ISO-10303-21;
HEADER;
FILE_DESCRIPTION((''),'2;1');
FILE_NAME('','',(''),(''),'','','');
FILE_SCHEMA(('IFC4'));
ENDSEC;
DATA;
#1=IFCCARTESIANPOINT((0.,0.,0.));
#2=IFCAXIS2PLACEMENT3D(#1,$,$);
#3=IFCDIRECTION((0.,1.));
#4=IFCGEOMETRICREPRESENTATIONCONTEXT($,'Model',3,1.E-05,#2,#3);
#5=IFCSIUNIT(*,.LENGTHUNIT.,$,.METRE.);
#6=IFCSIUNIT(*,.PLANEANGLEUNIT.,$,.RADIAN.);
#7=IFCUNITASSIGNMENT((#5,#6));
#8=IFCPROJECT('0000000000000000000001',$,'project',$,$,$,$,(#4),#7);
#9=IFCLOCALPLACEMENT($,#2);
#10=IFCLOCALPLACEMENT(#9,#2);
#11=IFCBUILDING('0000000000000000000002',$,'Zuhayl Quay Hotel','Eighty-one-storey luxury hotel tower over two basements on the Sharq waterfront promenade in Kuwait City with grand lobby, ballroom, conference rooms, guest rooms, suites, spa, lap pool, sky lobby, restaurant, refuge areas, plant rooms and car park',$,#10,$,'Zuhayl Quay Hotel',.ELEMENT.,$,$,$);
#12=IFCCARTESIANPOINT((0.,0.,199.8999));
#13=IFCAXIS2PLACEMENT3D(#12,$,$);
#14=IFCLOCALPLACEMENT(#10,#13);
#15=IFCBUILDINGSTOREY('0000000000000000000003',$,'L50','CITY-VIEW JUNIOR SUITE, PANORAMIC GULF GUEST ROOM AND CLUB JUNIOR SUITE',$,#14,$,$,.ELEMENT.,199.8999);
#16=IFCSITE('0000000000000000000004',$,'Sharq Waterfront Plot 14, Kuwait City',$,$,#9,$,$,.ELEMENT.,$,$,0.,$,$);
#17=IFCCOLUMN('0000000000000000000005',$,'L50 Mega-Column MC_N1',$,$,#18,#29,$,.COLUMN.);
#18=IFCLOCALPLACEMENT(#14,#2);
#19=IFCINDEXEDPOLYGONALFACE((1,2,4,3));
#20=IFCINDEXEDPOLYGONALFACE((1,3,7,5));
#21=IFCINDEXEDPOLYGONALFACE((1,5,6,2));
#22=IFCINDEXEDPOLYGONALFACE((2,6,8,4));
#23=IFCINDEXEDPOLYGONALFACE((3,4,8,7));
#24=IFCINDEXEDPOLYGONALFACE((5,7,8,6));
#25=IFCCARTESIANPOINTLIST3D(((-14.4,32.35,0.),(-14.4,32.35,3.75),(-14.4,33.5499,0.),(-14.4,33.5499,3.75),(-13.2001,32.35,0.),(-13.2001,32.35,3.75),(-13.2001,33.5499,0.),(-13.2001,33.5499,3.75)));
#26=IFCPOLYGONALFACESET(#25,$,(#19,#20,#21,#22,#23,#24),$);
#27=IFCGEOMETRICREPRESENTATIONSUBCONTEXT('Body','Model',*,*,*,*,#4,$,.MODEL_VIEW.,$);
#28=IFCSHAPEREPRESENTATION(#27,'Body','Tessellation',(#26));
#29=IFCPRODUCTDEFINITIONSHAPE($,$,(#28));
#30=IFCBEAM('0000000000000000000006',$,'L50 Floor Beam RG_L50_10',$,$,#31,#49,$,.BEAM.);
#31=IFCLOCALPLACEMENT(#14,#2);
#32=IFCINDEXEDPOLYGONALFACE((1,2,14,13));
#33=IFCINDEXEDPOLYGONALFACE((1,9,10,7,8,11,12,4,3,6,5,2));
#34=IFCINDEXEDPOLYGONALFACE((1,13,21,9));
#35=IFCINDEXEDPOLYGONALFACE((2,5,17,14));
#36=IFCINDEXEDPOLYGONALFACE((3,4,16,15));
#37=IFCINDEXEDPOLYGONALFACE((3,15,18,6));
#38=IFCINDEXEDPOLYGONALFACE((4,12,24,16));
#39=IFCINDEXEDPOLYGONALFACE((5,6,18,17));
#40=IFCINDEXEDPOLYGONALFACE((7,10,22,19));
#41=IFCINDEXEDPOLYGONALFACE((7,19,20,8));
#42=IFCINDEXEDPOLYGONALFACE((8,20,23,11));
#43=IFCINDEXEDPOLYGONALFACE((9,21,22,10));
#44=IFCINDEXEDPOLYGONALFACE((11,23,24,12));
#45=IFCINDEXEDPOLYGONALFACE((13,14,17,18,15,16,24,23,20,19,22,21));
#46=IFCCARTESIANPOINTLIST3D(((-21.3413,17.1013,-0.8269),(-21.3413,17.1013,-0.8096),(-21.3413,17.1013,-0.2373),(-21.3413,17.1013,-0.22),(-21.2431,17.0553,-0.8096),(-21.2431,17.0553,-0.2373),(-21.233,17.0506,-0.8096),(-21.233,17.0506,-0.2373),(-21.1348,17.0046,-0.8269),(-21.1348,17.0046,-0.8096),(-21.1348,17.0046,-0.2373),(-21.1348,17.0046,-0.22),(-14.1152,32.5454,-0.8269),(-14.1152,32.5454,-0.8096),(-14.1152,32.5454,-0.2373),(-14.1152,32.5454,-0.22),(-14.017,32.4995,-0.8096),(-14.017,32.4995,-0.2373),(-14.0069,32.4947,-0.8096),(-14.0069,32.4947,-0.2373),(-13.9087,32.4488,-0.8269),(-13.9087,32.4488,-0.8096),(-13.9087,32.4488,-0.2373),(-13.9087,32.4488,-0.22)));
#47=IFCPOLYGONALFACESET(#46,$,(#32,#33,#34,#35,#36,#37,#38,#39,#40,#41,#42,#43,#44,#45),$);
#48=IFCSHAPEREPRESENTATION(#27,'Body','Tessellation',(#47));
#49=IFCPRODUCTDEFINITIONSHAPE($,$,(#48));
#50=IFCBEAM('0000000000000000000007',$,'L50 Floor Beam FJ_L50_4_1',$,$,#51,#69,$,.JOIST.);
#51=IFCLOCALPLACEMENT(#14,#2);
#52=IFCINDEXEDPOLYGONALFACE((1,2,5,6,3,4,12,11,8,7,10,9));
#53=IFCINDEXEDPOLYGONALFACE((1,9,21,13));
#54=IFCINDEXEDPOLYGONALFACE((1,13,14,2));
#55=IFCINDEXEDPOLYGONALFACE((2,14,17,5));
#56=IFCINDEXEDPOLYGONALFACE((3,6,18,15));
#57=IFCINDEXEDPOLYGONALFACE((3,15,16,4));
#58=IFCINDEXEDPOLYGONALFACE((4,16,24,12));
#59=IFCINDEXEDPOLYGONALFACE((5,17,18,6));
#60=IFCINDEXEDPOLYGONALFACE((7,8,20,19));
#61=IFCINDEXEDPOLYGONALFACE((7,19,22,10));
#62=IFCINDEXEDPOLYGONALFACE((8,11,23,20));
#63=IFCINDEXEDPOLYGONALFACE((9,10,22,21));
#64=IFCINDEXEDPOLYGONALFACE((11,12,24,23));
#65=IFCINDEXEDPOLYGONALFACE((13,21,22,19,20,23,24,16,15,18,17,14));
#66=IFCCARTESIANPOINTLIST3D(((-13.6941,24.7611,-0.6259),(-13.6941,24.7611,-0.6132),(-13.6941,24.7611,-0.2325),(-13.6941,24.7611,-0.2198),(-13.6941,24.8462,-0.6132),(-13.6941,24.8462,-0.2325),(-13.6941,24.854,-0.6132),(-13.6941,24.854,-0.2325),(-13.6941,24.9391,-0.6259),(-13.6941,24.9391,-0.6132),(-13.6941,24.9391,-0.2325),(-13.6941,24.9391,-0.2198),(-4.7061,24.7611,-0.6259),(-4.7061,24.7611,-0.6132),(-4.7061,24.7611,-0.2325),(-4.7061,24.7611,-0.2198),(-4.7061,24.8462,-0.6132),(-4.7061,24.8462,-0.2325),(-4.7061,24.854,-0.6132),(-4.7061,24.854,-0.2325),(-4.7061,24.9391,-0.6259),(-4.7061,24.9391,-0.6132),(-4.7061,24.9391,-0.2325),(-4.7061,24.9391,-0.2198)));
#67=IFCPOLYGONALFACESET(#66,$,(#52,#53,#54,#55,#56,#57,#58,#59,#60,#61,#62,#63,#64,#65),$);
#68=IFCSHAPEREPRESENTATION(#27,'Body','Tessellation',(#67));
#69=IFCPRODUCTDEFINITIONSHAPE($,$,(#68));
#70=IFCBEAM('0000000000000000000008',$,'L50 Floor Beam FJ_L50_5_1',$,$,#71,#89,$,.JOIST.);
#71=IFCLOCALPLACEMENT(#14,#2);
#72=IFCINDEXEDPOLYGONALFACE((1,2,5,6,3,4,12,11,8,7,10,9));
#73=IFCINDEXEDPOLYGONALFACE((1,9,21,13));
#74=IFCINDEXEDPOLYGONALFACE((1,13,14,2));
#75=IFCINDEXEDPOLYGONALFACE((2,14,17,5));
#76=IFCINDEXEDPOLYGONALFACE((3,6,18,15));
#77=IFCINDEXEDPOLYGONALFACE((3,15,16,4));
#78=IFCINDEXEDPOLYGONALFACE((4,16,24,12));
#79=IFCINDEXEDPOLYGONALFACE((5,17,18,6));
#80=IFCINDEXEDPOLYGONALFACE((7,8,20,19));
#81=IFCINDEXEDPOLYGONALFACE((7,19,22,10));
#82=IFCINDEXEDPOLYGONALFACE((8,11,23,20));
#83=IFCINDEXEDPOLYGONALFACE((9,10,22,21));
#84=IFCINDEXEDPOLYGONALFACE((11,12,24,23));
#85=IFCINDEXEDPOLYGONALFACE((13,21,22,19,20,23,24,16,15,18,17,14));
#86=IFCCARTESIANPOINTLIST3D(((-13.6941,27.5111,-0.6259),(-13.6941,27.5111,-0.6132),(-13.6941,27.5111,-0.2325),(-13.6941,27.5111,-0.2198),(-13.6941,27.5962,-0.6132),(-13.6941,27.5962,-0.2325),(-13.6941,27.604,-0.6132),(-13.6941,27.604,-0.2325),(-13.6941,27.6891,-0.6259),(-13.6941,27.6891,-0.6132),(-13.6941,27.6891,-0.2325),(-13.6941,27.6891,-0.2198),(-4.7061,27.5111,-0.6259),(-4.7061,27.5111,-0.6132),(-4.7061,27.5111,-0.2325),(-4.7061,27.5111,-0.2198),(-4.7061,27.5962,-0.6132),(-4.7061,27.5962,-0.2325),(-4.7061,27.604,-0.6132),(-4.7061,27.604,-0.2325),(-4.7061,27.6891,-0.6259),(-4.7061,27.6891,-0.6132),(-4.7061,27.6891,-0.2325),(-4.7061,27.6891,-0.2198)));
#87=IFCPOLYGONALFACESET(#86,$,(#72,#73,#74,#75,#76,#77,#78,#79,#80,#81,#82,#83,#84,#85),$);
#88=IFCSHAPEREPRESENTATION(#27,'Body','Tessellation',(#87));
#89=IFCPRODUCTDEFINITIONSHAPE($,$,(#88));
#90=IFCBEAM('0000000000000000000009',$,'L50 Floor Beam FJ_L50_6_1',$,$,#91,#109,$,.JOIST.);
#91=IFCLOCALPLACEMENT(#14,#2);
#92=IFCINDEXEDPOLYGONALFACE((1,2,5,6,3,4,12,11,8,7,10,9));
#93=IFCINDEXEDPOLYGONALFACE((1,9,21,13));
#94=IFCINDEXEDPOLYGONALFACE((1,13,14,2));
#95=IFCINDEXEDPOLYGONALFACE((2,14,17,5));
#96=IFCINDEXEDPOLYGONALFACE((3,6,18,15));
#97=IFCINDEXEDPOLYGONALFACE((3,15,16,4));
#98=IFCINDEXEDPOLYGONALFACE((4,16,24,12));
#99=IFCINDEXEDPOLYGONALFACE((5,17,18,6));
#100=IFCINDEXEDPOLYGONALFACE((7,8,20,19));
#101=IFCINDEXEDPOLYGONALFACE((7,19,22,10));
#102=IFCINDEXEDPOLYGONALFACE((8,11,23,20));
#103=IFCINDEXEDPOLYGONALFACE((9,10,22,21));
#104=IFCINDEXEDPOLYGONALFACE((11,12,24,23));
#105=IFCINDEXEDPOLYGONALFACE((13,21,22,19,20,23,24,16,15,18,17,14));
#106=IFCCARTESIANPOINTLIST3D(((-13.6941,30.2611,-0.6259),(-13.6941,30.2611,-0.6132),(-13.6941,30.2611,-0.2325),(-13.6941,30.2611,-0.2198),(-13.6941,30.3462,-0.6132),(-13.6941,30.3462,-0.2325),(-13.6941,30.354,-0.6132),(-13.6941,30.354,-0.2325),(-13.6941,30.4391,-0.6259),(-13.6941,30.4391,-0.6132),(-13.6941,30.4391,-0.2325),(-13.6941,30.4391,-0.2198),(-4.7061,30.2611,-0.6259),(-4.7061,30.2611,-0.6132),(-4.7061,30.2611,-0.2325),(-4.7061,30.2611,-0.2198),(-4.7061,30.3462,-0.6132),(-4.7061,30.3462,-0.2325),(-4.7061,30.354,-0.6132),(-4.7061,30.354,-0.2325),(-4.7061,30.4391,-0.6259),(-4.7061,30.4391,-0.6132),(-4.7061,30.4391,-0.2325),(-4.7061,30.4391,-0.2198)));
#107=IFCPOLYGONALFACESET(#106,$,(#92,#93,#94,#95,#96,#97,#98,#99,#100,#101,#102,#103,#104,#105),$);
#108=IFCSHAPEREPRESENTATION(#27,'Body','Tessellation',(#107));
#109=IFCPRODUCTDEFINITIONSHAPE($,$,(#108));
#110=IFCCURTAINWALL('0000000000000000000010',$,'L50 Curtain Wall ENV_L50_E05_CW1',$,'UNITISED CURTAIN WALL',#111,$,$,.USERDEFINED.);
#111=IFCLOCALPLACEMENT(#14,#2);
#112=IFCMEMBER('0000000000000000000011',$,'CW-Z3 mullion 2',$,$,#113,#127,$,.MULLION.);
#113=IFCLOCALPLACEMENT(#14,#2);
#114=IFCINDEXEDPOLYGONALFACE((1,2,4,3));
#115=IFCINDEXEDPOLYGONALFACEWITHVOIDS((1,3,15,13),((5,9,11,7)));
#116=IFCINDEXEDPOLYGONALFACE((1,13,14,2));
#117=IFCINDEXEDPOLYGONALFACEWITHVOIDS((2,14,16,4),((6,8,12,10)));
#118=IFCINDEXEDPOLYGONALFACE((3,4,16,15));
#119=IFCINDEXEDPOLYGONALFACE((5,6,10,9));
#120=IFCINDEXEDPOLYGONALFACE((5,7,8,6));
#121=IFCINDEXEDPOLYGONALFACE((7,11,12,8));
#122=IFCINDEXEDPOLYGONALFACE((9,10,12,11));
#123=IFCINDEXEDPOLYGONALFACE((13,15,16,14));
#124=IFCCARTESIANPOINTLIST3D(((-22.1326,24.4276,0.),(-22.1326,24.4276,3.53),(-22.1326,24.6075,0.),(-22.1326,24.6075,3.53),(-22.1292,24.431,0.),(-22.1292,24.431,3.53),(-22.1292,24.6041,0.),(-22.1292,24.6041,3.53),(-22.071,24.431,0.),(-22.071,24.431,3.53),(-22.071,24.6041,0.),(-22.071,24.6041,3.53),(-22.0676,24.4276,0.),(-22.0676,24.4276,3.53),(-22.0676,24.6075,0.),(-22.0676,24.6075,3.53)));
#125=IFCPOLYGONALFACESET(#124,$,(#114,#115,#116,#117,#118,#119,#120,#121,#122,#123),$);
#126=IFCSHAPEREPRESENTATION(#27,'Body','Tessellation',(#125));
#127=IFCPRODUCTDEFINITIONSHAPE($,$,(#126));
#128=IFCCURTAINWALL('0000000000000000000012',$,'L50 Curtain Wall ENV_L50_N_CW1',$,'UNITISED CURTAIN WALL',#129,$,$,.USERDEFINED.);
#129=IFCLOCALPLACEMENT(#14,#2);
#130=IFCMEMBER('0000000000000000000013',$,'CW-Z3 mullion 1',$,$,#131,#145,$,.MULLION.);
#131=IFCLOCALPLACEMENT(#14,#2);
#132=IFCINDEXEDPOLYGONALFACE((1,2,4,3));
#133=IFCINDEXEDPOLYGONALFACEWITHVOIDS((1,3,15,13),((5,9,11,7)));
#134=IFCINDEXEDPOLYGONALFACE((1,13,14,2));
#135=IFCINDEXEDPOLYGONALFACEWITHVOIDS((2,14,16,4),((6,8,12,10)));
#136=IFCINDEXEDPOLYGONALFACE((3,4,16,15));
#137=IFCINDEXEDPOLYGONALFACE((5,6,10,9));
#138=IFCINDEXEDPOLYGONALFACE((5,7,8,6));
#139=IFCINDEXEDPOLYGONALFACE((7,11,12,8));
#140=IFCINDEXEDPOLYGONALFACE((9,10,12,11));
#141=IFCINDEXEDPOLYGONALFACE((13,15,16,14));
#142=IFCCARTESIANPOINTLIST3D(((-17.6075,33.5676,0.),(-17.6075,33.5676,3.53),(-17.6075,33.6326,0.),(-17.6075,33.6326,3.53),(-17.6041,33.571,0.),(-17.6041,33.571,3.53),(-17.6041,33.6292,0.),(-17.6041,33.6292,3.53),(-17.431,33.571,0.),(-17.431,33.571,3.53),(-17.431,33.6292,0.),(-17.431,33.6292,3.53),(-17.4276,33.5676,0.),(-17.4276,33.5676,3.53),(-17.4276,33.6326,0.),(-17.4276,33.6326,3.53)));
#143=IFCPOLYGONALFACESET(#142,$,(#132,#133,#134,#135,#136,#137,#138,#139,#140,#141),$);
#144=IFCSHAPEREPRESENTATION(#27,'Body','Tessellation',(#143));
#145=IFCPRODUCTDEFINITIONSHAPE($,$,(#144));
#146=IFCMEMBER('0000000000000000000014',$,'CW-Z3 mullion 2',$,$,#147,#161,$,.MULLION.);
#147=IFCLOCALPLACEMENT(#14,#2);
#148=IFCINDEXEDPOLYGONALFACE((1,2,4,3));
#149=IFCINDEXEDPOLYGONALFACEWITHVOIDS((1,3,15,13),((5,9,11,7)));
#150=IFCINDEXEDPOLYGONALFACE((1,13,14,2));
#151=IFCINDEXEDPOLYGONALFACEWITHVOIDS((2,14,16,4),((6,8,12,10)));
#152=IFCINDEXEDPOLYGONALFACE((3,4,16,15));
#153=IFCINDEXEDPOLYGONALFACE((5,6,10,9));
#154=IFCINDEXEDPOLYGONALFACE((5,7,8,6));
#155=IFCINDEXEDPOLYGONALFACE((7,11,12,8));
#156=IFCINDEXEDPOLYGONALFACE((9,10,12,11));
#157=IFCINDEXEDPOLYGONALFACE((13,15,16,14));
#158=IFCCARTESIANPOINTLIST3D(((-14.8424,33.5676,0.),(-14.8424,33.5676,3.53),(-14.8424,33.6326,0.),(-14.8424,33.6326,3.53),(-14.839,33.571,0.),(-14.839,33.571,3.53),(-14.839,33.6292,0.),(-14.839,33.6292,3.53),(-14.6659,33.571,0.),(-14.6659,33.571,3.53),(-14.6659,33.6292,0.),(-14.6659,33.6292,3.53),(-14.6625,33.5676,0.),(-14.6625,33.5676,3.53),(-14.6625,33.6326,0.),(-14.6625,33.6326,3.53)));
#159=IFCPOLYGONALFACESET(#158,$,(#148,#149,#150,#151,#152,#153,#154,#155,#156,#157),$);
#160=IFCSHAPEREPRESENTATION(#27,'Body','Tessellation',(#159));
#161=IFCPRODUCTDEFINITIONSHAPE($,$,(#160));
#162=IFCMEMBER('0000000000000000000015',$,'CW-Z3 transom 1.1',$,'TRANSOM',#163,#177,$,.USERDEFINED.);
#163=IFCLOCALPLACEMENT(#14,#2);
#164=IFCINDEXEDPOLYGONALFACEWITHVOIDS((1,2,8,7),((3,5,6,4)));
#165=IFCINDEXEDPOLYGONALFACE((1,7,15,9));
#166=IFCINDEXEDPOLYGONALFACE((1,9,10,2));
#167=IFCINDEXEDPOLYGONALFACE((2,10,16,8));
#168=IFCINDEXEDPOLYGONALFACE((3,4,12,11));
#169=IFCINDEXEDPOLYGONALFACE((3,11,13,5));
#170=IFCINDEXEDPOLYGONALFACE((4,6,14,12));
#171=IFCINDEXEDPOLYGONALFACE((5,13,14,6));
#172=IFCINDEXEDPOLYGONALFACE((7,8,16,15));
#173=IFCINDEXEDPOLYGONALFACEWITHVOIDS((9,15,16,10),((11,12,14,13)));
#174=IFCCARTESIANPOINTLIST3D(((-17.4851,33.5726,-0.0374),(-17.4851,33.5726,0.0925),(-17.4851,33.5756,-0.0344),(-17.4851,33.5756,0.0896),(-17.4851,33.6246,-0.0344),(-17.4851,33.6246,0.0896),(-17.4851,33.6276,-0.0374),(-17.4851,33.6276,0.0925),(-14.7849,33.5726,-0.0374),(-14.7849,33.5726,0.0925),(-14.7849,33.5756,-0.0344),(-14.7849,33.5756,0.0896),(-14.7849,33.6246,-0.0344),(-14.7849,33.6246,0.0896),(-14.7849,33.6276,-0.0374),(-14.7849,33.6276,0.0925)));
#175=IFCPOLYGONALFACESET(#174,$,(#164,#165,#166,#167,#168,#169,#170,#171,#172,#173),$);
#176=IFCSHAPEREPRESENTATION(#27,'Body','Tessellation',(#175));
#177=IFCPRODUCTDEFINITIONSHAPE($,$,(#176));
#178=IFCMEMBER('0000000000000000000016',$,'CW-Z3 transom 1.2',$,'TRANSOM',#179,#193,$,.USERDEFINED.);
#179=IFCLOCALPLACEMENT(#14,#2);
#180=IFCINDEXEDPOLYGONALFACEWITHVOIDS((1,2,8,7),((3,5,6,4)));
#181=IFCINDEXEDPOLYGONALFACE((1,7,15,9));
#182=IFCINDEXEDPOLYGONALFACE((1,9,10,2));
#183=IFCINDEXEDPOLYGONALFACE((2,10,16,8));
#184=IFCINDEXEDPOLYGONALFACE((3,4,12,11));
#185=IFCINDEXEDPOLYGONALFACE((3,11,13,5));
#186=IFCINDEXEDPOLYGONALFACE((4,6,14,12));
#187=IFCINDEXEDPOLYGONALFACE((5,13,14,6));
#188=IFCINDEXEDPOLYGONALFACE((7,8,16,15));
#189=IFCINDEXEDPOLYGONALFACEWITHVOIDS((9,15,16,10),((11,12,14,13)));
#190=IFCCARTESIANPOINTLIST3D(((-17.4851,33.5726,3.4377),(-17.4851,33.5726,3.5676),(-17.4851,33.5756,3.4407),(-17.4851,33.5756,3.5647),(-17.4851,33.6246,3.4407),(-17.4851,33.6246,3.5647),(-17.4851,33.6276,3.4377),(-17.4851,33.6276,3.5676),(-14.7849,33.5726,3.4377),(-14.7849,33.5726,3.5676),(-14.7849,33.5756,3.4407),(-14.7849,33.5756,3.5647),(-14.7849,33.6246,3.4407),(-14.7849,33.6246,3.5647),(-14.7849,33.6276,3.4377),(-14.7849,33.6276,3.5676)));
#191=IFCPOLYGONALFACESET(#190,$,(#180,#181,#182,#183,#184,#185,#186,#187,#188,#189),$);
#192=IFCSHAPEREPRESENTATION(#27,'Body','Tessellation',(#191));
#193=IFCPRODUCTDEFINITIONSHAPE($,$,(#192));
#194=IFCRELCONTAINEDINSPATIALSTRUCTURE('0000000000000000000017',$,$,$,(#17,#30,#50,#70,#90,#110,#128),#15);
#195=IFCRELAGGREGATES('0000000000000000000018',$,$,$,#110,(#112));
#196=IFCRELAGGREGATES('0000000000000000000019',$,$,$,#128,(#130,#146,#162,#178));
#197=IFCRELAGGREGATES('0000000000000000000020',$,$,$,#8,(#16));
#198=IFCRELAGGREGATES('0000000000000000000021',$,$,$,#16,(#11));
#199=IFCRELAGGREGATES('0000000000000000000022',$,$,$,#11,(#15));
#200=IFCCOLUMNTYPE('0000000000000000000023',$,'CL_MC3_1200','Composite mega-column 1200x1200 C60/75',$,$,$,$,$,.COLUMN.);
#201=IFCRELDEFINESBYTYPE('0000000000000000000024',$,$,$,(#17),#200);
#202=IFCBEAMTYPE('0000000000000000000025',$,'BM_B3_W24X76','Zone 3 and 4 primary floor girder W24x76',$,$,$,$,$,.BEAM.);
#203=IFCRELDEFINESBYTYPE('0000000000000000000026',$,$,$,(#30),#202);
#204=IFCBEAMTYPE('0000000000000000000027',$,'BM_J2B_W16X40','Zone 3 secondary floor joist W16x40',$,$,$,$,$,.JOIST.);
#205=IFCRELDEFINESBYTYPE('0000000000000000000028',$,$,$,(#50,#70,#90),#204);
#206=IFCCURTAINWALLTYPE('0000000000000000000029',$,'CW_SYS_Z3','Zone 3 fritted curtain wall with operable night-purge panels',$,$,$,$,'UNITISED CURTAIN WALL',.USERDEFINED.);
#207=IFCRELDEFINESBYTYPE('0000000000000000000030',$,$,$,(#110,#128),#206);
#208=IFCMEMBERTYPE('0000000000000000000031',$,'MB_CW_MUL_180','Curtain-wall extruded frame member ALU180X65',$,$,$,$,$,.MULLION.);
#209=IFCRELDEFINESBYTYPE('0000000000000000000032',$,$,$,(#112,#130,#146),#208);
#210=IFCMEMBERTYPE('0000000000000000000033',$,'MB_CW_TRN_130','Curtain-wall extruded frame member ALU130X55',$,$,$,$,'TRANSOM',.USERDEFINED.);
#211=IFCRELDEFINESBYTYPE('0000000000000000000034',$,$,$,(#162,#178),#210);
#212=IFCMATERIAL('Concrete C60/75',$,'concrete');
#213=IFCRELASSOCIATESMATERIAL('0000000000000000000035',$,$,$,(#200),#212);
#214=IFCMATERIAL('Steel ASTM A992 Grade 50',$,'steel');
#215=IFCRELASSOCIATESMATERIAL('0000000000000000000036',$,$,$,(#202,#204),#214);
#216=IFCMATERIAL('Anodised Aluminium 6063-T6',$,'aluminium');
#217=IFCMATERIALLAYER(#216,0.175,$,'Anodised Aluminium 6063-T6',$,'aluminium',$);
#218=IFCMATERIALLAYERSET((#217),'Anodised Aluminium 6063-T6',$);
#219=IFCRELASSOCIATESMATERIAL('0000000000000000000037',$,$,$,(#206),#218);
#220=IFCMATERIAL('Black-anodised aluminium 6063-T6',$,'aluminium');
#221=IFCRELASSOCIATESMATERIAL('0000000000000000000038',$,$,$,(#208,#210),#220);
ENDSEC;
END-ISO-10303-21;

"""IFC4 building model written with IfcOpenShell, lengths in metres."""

from ifc_helpers import new_model, si_unit, direction, frame, origin, origin_2d, place, context, subcontext, project, spatial, rectangle, hollow_rectangle, i_section, extrude, material, layer, layer_set, material_profile, profile_set, type_object, element, aggregate, save


model = new_model("IFC4")

# Units and contexts
model_context = context("Model", 3, precision=1e-05, world=origin(), true_north=direction((0.0, 1.0)))
body_context = subcontext(model_context, "Body", "Model", "MODEL_VIEW")
ifc_project = project(units=[si_unit("LENGTHUNIT", "METRE"), si_unit("PLANEANGLEUNIT", "RADIAN")], contexts=[model_context])

# Site, building, storey
site_placement = place(None, origin())
site = spatial("IfcSite", under=ifc_project, at=site_placement, Name="Sharq Waterfront Plot 14, Kuwait City", CompositionType="ELEMENT", RefElevation=0.0)
building_placement = place(site_placement, origin())
building = spatial("IfcBuilding", under=site, at=building_placement, Name="Zuhayl Quay Hotel", Description="Eighty-one-storey luxury hotel tower over two basements on the Sharq waterfront promenade in Kuwait City with grand lobby, ballroom, conference rooms, guest rooms, suites, spa, lap pool, sky lobby, restaurant, refuge areas, plant rooms and car park", LongName="Zuhayl Quay Hotel", CompositionType="ELEMENT")
storey_placement = place(building_placement, frame((0.0, 0.0, 199.8999)))
storey = spatial("IfcBuildingStorey", under=building, at=storey_placement, Name="L50", Description="CITY-VIEW JUNIOR SUITE, PANORAMIC GULF GUEST ROOM AND CLUB JUNIOR SUITE", CompositionType="ELEMENT", Elevation=199.8999)

# Column
ifc_material_1 = material(Name="Concrete C60/75", Category="concrete")
ifc_material_profile_1 = material_profile(ifc_material_1, rectangle(XDim=1.2, YDim=1.2, at=origin_2d()), Name="RC1200X1200")
ifc_profile_set_1 = profile_set([ifc_material_profile_1], Name="Concrete C60/75")
column_type = type_object("IfcColumnType", Name="CL_MC3_1200", Description="Composite mega-column 1200x1200 C60/75", PredefinedType="COLUMN", material=ifc_profile_set_1)
column_placement = place(storey_placement, frame((-13.8, 32.95, 0.0), z_axis=(0.0, 0.0, 1.0), x_axis=(1.0, 0.0, 0.0)))
element("IfcColumn", 1, at=column_placement, inside=storey, type_object=column_type, Name="L50 Mega-Column MC_N1", PredefinedType="COLUMN", context=body_context, shape_type="SweptSolid", body=[
    extrude(rectangle(XDim=1.2, YDim=1.2, at=origin_2d()), origin(), (0.0, 0.0, 1.0), 3.75),
])

# Beams
ifc_material_2 = material(Name="Steel ASTM A992 Grade 50", Category="steel")
ifc_material_profile_2 = material_profile(ifc_material_2, i_section(OverallWidth=0.228, OverallDepth=0.6069, WebThickness=0.0112, FlangeThickness=0.0173, at=origin_2d()), Name="W24X76")
ifc_profile_set_2 = profile_set([ifc_material_profile_2], Name="Steel ASTM A992 Grade 50")
beam_type_1 = type_object("IfcBeamType", Name="BM_B3_W24X76", Description="Zone 3 and 4 primary floor girder W24x76", PredefinedType="BEAM", material=ifc_profile_set_2)
beam_placement = place(storey_placement, frame((-14.012, 32.4971, -0.5234), z_axis=(-0.423792, -0.905759, 0.0), x_axis=(0.905759, -0.423792, 0.0)))
element("IfcBeam", 2, at=beam_placement, inside=storey, type_object=beam_type_1, Name="L50 Floor Beam RG_L50_10", PredefinedType="BEAM", context=body_context, shape_type="SweptSolid", body=[
    extrude(i_section(OverallWidth=0.228, OverallDepth=0.6069, WebThickness=0.0112, FlangeThickness=0.0173, at=origin_2d()), origin(), (0.0, 0.0, 1.0), 17.051),
])
ifc_material_profile_3 = material_profile(ifc_material_2, i_section(OverallWidth=0.178, OverallDepth=0.406, WebThickness=0.0078, FlangeThickness=0.0127, at=origin_2d()), Name="W16X40")
ifc_profile_set_3 = profile_set([ifc_material_profile_3], Name="Steel ASTM A992 Grade 50")
beam_type_2 = type_object("IfcBeamType", Name="BM_J2B_W16X40", Description="Zone 3 secondary floor joist W16x40", PredefinedType="JOIST", material=ifc_profile_set_3)
for number, where, z_axis, x_axis, name in (
    (3, (-13.6941, 24.8501, -0.4229), (1.0, 0.0, 0.0), (0.0, 1.0, 0.0), "L50 Floor Beam FJ_L50_4_1"),
    (4, (-13.6941, 27.6001, -0.4229), (1.0, 0.0, 0.0), (0.0, 1.0, 0.0), "L50 Floor Beam FJ_L50_5_1"),
    (5, (-13.6941, 30.3501, -0.4229), (1.0, 0.0, 0.0), (0.0, 1.0, 0.0), "L50 Floor Beam FJ_L50_6_1"),
):
    element("IfcBeam", number, at=place(storey_placement, frame(where, z_axis=z_axis, x_axis=x_axis)), inside=storey, type_object=beam_type_2, Name=name, PredefinedType="JOIST", context=body_context, shape_type="SweptSolid", body=[
        extrude(i_section(OverallWidth=0.178, OverallDepth=0.406, WebThickness=0.0078, FlangeThickness=0.0127, at=origin_2d()), origin(), (0.0, 0.0, 1.0), 8.988),
    ])

# Curtain wall, member
ifc_material_3 = material(Name="Anodised Aluminium 6063-T6", Category="aluminium")
ifc_layer_1 = layer(ifc_material_3, 0.175, Name="Anodised Aluminium 6063-T6", Category="aluminium")
ifc_layer_set_1 = layer_set([ifc_layer_1], Name="Anodised Aluminium 6063-T6")
curtain_wall_type = type_object("IfcCurtainWallType", Name="CW_SYS_Z3", Description="Zone 3 fritted curtain wall with operable night-purge panels", ElementType="UNITISED CURTAIN WALL", PredefinedType="USERDEFINED", material=ifc_layer_set_1)
curtain_wall_1_placement = place(storey_placement, origin())
curtain_wall_1 = element("IfcCurtainWall", 6, at=curtain_wall_1_placement, inside=storey, type_object=curtain_wall_type, Name="L50 Curtain Wall ENV_L50_E05_CW1", ObjectType="UNITISED CURTAIN WALL", PredefinedType="USERDEFINED")
ifc_material_4 = material(Name="Black-anodised aluminium 6063-T6", Category="aluminium")
ifc_material_profile_4 = material_profile(ifc_material_4, hollow_rectangle(XDim=0.0649, YDim=0.1799, WallThickness=0.0034, at=origin_2d()), Name="ALU180X65")
ifc_profile_set_4 = profile_set([ifc_material_profile_4], Name="Black-anodised aluminium 6063-T6")
member_type_1 = type_object("IfcMemberType", Name="MB_CW_MUL_180", Description="Curtain-wall extruded frame member ALU180X65", PredefinedType="MULLION", material=ifc_profile_set_4)
member_1_placement = place(storey_placement, frame((-22.1001, 24.5176, 0.0), z_axis=(0.0, 0.0, 1.0), x_axis=(-1.0, 0.0, 0.0)))
member_1 = element("IfcMember", 7, at=member_1_placement, type_object=member_type_1, Name="CW-Z3 mullion 2", PredefinedType="MULLION", context=body_context, shape_type="SweptSolid", body=[
    extrude(hollow_rectangle(XDim=0.0649, YDim=0.1799, WallThickness=0.0034, at=origin_2d()), origin(), (0.0, 0.0, 1.0), 3.53),
])
aggregate(curtain_wall_1, [member_1])

# Curtain wall, members
curtain_wall_2_placement = place(storey_placement, origin())
curtain_wall_2 = element("IfcCurtainWall", 8, at=curtain_wall_2_placement, inside=storey, type_object=curtain_wall_type, Name="L50 Curtain Wall ENV_L50_N_CW1", ObjectType="UNITISED CURTAIN WALL", PredefinedType="USERDEFINED")
member_2_placement = place(storey_placement, frame((-17.5176, 33.6001, 0.0), z_axis=(0.0, 0.0, 1.0), x_axis=(0.0, 1.0, 0.0)))
member_2 = element("IfcMember", 9, at=member_2_placement, type_object=member_type_1, Name="CW-Z3 mullion 1", PredefinedType="MULLION", context=body_context, shape_type="SweptSolid", body=[
    extrude(hollow_rectangle(XDim=0.0649, YDim=0.1799, WallThickness=0.0034, at=origin_2d()), origin(), (0.0, 0.0, 1.0), 3.53),
])
member_3_placement = place(storey_placement, frame((-14.7524, 33.6001, 0.0), z_axis=(0.0, 0.0, 1.0), x_axis=(0.0, 1.0, 0.0)))
member_3 = element("IfcMember", 10, at=member_3_placement, type_object=member_type_1, Name="CW-Z3 mullion 2", PredefinedType="MULLION", context=body_context, shape_type="SweptSolid", body=[
    extrude(hollow_rectangle(XDim=0.0649, YDim=0.1799, WallThickness=0.0034, at=origin_2d()), origin(), (0.0, 0.0, 1.0), 3.53),
])
ifc_material_profile_5 = material_profile(ifc_material_4, hollow_rectangle(XDim=0.0549, YDim=0.1299, WallThickness=0.0029, at=origin_2d()), Name="ALU130X55")
ifc_profile_set_5 = profile_set([ifc_material_profile_5], Name="Black-anodised aluminium 6063-T6")
member_type_2 = type_object("IfcMemberType", Name="MB_CW_TRN_130", Description="Curtain-wall extruded frame member ALU130X55", ElementType="TRANSOM", PredefinedType="USERDEFINED", material=ifc_profile_set_5)
member_4_placement = place(storey_placement, frame((-17.4851, 33.6001, 0.0276), z_axis=(1.0, 0.0, 0.0), x_axis=(0.0, 1.0, 0.0)))
member_4 = element("IfcMember", 11, at=member_4_placement, type_object=member_type_2, Name="CW-Z3 transom 1.1", ObjectType="TRANSOM", PredefinedType="USERDEFINED", context=body_context, shape_type="SweptSolid", body=[
    extrude(hollow_rectangle(XDim=0.0549, YDim=0.1299, WallThickness=0.0029, at=origin_2d()), origin(), (0.0, 0.0, 1.0), 2.7002),
])
member_5_placement = place(storey_placement, frame((-17.4851, 33.6001, 3.5027), z_axis=(1.0, 0.0, 0.0), x_axis=(0.0, 1.0, 0.0)))
member_5 = element("IfcMember", 12, at=member_5_placement, type_object=member_type_2, Name="CW-Z3 transom 1.2", ObjectType="TRANSOM", PredefinedType="USERDEFINED", context=body_context, shape_type="SweptSolid", body=[
    extrude(hollow_rectangle(XDim=0.0549, YDim=0.1299, WallThickness=0.0029, at=origin_2d()), origin(), (0.0, 0.0, 1.0), 2.7002),
])
aggregate(curtain_wall_2, [member_2, member_3, member_4, member_5])

save(model, "model.ifc")
